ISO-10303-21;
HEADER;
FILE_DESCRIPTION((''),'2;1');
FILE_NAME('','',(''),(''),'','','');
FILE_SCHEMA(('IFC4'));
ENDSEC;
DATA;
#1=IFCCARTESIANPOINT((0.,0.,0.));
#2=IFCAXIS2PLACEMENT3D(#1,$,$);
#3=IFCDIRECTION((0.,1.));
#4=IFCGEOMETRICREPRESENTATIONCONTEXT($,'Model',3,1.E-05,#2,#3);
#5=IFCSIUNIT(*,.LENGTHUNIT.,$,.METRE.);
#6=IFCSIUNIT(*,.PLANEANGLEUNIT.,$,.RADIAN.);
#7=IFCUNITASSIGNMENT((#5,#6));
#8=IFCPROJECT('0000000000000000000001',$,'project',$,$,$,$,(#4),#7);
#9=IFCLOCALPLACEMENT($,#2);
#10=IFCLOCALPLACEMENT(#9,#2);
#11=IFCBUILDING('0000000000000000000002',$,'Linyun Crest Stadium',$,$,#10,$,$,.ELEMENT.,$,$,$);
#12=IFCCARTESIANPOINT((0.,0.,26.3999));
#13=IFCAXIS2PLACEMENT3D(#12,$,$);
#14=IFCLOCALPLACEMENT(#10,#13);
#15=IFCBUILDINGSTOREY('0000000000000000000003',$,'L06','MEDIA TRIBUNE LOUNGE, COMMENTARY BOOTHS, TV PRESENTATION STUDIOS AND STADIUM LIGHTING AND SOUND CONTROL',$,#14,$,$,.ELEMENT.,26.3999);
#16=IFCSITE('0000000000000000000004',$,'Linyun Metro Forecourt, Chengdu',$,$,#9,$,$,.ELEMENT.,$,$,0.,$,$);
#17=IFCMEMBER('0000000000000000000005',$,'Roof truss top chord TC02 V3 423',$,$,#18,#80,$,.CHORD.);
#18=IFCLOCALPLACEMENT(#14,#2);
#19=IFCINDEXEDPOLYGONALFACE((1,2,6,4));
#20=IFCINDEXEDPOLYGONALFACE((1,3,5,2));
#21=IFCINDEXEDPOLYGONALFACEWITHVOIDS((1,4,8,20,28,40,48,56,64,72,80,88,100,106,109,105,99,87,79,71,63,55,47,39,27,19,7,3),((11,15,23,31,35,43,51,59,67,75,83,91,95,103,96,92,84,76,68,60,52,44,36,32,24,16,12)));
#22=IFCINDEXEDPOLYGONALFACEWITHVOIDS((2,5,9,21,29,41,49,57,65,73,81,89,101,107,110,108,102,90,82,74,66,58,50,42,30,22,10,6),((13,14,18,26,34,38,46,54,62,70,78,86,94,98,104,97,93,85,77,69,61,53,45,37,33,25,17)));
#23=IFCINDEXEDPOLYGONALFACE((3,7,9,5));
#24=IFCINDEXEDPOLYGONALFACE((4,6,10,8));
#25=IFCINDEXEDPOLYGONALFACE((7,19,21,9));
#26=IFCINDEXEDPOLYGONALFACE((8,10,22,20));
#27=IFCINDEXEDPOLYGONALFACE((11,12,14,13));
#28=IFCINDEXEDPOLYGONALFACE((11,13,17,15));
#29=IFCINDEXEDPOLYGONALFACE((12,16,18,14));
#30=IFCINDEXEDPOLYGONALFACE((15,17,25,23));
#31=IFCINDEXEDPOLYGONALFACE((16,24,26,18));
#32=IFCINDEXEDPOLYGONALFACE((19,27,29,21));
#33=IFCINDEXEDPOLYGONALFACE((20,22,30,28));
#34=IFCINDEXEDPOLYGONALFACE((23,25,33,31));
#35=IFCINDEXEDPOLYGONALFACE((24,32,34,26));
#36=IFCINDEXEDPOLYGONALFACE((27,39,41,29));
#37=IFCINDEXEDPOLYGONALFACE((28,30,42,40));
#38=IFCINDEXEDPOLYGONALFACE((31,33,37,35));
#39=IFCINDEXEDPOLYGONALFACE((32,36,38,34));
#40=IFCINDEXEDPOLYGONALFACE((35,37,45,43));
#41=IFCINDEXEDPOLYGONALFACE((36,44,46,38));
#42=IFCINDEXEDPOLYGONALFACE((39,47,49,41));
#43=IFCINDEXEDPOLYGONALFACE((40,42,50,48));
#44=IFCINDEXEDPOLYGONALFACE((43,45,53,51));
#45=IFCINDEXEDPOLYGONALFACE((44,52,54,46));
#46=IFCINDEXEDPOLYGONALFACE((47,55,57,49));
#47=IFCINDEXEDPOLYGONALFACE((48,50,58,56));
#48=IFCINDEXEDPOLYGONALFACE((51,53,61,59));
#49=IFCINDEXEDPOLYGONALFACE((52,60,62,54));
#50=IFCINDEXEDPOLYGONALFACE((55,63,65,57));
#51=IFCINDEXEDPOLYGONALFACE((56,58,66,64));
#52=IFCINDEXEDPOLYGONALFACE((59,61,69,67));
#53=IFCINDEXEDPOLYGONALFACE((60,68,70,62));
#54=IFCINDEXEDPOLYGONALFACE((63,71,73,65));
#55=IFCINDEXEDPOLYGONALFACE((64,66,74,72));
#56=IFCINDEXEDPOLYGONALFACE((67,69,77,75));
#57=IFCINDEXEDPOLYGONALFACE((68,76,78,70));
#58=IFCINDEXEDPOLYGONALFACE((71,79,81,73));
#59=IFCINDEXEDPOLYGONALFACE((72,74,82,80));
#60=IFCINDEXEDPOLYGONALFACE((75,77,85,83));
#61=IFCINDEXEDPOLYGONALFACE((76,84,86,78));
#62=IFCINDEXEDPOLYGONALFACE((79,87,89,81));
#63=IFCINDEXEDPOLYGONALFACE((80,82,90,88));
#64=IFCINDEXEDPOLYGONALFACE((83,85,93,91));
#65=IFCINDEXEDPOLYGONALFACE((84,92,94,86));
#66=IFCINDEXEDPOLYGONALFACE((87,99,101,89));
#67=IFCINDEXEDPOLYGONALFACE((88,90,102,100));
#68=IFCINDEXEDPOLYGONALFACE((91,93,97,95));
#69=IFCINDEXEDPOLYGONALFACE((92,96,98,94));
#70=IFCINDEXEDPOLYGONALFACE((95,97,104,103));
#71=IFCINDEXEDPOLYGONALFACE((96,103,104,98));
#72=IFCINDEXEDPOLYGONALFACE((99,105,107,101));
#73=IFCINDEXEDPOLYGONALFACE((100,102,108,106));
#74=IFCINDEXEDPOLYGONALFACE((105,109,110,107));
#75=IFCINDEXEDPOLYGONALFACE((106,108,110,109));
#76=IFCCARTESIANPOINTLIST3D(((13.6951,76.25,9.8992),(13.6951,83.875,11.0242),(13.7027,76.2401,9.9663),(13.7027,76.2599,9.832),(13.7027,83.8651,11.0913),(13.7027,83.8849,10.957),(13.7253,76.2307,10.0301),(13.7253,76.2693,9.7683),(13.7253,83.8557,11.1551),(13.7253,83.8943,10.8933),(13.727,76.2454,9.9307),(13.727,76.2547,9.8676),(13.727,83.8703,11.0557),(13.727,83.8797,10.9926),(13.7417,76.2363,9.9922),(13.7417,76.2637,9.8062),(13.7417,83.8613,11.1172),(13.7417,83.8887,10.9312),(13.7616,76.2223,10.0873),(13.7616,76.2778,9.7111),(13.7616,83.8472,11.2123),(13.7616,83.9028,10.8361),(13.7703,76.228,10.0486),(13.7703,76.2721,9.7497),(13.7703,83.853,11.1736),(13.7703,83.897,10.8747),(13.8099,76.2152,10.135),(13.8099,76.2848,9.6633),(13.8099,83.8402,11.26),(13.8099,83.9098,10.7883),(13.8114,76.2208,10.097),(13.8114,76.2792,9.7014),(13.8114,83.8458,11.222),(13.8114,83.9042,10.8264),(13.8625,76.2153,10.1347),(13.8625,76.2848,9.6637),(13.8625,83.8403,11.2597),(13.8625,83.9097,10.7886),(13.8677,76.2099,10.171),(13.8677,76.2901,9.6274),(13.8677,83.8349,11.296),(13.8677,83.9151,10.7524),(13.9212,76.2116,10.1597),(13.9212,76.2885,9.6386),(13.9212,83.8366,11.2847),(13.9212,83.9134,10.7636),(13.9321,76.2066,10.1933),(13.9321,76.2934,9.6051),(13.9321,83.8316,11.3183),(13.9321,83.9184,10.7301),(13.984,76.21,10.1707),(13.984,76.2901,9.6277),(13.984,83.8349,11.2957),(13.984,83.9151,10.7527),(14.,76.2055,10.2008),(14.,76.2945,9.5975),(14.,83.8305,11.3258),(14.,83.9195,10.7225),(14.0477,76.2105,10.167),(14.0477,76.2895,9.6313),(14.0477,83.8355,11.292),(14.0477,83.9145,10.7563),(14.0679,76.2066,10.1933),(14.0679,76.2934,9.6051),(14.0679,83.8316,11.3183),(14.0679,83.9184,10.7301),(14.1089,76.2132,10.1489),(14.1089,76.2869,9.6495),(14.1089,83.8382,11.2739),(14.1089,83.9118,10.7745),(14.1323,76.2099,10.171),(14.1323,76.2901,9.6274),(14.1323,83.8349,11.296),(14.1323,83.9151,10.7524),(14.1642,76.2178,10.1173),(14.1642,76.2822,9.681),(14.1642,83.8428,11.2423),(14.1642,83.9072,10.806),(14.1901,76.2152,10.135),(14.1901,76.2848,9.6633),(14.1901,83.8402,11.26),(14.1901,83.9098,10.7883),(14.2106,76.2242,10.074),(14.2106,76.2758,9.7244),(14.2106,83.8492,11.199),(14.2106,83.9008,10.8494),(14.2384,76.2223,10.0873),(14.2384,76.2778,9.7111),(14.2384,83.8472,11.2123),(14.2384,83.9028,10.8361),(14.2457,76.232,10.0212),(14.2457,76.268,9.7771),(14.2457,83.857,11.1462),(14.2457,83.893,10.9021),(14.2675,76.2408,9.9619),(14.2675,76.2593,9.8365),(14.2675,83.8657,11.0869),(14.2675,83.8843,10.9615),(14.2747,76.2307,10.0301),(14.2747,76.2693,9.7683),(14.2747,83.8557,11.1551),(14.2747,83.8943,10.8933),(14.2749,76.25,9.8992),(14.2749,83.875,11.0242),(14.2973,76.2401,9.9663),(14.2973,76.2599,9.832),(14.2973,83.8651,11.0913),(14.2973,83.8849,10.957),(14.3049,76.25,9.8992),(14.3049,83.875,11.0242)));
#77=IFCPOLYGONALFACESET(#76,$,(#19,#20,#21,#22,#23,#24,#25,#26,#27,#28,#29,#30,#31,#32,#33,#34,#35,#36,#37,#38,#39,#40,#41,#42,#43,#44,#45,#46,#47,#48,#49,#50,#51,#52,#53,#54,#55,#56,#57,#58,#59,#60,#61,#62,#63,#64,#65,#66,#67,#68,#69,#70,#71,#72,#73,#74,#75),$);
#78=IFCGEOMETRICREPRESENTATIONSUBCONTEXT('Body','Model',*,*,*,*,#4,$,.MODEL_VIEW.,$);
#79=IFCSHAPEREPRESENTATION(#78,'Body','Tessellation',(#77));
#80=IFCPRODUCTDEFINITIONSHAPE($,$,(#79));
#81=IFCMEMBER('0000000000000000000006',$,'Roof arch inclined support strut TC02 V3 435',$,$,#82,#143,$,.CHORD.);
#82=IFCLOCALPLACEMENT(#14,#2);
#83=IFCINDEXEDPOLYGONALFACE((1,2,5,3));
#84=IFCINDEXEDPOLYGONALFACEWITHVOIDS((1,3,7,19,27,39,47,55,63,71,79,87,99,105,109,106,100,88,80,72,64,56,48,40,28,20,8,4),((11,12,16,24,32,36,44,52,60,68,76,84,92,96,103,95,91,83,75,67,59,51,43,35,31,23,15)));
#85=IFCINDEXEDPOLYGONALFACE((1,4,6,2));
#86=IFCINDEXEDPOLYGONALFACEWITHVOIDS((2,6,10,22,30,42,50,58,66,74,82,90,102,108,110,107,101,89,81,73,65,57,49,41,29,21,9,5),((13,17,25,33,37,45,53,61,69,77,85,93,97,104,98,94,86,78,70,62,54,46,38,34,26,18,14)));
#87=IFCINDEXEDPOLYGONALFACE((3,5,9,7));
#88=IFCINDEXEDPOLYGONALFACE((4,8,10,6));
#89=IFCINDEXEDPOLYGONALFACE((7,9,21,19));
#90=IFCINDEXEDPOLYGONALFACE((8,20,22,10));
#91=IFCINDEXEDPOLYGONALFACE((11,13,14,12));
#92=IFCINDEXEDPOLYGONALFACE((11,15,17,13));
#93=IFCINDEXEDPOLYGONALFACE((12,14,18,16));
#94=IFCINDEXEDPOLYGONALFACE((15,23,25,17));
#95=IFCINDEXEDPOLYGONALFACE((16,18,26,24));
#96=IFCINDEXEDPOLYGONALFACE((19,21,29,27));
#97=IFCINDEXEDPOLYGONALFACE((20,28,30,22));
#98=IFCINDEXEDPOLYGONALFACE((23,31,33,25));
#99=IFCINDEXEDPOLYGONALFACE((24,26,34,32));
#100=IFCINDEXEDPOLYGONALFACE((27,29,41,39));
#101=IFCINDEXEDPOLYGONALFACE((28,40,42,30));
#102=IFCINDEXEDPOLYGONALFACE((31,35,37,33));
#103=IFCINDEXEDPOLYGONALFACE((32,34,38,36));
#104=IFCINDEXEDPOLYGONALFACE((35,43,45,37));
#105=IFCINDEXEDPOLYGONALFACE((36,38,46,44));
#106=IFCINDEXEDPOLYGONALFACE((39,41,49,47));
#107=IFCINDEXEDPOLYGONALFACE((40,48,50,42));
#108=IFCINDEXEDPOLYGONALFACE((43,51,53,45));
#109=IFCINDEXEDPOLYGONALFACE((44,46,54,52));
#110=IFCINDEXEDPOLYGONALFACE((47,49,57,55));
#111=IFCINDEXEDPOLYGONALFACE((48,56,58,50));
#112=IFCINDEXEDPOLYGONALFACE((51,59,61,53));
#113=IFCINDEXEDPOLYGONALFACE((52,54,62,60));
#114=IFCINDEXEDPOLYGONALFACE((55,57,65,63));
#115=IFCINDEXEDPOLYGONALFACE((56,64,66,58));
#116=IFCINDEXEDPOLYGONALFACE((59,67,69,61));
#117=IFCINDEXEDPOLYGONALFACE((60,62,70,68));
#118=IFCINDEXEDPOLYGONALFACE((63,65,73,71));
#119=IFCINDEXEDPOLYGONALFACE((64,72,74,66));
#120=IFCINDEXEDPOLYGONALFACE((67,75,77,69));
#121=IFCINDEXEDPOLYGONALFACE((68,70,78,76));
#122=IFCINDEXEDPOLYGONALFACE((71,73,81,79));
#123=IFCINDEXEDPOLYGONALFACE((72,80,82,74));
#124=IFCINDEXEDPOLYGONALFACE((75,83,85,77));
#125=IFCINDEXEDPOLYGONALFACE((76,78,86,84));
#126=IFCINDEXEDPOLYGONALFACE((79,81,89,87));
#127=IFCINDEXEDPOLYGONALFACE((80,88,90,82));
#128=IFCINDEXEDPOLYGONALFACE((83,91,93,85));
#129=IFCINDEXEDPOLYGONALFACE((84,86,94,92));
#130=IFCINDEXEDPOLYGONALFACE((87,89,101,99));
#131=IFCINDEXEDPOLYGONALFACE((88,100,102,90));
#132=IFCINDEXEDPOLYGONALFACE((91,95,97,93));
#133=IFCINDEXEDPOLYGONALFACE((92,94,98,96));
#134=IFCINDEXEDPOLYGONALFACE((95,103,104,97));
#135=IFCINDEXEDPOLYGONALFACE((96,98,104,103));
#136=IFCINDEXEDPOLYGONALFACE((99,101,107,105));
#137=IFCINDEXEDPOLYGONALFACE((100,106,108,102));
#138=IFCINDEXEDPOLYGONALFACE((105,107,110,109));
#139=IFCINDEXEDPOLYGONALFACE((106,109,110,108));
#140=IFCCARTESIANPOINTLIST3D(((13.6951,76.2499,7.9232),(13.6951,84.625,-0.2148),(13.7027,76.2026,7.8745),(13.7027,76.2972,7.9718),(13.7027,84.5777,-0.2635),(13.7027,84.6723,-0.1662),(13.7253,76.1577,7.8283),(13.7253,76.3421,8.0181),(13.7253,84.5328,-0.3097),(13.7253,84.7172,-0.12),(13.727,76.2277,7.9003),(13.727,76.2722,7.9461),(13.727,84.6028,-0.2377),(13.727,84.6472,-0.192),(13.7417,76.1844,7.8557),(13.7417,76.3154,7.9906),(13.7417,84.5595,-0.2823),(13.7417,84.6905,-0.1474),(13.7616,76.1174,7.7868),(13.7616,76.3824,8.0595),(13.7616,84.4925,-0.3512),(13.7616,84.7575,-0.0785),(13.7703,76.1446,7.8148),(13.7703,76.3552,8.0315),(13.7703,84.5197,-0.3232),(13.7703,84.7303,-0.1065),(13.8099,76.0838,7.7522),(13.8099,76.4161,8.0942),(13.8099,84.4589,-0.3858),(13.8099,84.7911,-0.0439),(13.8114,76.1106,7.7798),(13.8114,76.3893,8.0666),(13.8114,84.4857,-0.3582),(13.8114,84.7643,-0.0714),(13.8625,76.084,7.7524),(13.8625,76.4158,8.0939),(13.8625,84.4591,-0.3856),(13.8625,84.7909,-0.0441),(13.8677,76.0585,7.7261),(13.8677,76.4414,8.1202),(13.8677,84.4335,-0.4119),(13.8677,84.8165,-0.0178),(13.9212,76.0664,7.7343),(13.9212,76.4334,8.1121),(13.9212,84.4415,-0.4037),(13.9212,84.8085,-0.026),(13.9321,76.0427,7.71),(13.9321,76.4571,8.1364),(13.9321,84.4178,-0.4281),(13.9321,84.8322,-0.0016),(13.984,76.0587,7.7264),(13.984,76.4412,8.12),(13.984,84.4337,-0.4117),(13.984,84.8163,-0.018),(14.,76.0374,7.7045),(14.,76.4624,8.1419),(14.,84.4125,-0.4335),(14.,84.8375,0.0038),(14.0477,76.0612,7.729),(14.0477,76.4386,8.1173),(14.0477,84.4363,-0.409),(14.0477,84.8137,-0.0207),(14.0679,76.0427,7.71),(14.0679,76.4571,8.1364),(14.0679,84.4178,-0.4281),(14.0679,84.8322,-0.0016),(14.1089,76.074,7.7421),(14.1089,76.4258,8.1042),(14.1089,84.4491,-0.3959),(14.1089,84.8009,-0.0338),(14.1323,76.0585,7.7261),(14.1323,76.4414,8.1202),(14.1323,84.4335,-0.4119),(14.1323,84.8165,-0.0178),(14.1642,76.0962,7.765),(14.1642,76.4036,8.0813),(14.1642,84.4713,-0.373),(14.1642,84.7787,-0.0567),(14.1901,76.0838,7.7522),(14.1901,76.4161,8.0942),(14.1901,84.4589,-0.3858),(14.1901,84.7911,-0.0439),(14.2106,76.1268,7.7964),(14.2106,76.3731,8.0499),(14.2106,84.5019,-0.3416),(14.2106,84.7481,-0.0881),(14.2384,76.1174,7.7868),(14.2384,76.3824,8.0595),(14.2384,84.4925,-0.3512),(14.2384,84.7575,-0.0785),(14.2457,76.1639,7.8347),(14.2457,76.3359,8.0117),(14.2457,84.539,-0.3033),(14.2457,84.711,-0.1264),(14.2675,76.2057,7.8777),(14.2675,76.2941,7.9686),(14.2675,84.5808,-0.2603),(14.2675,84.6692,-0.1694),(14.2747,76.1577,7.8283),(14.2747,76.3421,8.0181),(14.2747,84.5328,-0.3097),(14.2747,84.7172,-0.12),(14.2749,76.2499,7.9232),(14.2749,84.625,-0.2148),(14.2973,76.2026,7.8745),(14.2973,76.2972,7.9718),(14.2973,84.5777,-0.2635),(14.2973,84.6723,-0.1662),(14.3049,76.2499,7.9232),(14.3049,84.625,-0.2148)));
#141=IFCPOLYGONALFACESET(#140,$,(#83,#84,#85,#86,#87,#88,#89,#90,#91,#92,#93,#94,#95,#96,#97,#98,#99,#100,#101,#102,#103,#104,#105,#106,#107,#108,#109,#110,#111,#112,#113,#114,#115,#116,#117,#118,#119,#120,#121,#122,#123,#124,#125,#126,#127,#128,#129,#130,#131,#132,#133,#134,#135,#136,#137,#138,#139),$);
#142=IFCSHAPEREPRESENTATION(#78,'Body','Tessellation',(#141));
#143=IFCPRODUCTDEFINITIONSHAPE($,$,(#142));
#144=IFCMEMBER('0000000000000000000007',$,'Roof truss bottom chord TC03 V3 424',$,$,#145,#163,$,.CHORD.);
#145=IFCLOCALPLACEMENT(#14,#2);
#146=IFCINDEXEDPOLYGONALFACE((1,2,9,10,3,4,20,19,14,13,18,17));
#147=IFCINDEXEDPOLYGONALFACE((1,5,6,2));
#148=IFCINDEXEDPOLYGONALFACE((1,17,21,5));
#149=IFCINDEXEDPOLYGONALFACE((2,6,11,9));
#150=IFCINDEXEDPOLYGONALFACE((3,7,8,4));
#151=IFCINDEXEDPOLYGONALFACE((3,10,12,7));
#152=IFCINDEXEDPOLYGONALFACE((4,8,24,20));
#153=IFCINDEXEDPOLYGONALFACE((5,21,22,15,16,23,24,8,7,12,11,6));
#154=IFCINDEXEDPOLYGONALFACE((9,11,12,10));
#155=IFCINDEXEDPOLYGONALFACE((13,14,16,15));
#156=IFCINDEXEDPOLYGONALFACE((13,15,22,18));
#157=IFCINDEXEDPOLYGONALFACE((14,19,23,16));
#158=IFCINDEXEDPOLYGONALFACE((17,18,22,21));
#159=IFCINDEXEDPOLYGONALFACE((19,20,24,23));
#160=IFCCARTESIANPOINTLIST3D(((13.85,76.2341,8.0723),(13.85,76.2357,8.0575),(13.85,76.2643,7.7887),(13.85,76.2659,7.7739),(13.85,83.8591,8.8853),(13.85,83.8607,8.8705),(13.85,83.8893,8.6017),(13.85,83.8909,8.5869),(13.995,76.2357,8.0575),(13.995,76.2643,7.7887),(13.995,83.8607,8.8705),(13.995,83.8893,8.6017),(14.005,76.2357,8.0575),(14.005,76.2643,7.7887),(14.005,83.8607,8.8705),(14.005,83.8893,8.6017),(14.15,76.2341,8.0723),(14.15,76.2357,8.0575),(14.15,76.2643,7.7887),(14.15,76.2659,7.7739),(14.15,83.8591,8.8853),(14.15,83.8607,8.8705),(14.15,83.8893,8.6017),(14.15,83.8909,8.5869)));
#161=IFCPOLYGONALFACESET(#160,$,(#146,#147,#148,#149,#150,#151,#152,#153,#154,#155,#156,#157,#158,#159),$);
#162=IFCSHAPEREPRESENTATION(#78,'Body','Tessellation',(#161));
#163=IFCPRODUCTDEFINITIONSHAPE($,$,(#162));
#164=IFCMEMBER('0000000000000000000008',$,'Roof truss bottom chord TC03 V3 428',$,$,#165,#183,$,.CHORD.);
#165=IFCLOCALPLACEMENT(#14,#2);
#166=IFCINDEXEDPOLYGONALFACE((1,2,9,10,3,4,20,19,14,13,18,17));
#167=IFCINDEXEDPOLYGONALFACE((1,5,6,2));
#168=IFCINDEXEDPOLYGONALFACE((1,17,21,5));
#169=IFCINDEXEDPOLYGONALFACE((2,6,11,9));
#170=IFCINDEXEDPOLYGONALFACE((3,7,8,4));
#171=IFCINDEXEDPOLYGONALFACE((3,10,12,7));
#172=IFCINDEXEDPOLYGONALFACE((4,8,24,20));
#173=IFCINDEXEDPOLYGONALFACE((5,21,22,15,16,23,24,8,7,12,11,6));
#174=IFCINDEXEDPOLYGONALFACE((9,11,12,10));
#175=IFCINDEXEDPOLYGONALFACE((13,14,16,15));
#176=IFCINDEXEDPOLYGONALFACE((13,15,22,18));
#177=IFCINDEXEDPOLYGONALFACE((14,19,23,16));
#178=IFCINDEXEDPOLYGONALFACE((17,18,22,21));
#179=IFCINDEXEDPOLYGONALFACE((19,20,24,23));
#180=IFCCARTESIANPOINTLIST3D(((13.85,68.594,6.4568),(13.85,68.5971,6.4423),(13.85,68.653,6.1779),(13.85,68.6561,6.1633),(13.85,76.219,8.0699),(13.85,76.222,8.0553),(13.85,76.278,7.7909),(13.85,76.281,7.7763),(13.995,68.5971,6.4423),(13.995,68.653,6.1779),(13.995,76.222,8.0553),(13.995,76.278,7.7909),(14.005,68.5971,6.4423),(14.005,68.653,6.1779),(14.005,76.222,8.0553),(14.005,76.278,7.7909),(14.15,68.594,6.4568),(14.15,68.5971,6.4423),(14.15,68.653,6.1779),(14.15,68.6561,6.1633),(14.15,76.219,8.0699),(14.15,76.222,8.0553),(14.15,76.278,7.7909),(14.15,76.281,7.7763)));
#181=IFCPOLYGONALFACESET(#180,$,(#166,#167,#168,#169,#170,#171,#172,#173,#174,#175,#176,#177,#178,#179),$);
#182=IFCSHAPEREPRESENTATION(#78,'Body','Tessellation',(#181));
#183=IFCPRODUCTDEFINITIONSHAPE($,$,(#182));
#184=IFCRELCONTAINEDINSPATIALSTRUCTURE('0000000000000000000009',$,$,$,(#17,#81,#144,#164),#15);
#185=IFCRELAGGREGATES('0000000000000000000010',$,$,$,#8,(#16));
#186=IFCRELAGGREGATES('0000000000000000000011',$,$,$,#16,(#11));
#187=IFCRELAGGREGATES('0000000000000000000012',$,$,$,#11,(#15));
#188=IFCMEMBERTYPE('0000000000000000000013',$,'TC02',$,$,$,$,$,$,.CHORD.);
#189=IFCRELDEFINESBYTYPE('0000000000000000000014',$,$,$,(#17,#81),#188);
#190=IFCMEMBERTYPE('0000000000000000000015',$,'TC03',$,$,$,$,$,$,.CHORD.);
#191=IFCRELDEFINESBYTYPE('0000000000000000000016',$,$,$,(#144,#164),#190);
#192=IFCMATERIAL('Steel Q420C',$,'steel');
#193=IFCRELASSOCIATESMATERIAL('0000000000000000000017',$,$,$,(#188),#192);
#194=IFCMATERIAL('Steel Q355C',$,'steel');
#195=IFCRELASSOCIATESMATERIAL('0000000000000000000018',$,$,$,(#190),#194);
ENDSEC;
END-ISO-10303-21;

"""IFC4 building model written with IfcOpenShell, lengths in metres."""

from ifc_helpers import new_model, si_unit, direction, frame, origin, origin_2d, place, context, subcontext, project, spatial, hollow_circle, i_section, extrude, material, material_profile, profile_set, type_object, element, save


model = new_model("IFC4")

# Units and contexts
model_context = context("Model", 3, precision=1e-05, world=origin(), true_north=direction((0.0, 1.0)))
body_context = subcontext(model_context, "Body", "Model", "MODEL_VIEW")
ifc_project = project(units=[si_unit("LENGTHUNIT", "METRE"), si_unit("PLANEANGLEUNIT", "RADIAN")], contexts=[model_context])

# Site, building, storey
site_placement = place(None, origin())
site = spatial("IfcSite", under=ifc_project, at=site_placement, Name="Linyun Metro Forecourt, Chengdu", CompositionType="ELEMENT", RefElevation=0.0)
building_placement = place(site_placement, origin())
building = spatial("IfcBuilding", under=site, at=building_placement, Name="Linyun Crest Stadium", CompositionType="ELEMENT")
storey_placement = place(building_placement, frame((0.0, 0.0, 26.3999)))
storey = spatial("IfcBuildingStorey", under=building, at=storey_placement, Name="L06", Description="MEDIA TRIBUNE LOUNGE, COMMENTARY BOOTHS, TV PRESENTATION STUDIOS AND STADIUM LIGHTING AND SOUND CONTROL", CompositionType="ELEMENT", Elevation=26.3999)

# Members
ifc_material_1 = material(Name="Steel Q420C", Category="steel")
ifc_material_profile_1 = material_profile(ifc_material_1, hollow_circle(Radius=0.3049, WallThickness=0.03, at=origin_2d()), Name="CHS 610x30")
ifc_profile_set_1 = profile_set([ifc_material_profile_1], Name="Steel Q420C")
member_type_1 = type_object("IfcMemberType", Name="TC02", PredefinedType="CHORD", material=ifc_profile_set_1)
member_1_placement = place(storey_placement, frame((14.0, 83.875, 11.0242), z_axis=(0.0, -0.98929, -0.145961), x_axis=(1.0, 0.0, 0.0)))
element("IfcMember", 1, at=member_1_placement, inside=storey, type_object=member_type_1, Name="Roof truss top chord TC02 V3 423", PredefinedType="CHORD", context=body_context, shape_type="SweptSolid", body=[
    extrude(hollow_circle(Radius=0.3049, WallThickness=0.03, at=origin_2d()), origin(), (0.0, 0.0, 1.0), 7.7075),
])
member_2_placement = place(storey_placement, frame((14.0, 84.625, -0.2148), z_axis=(0.0, -0.717184, 0.696884), x_axis=(1.0, 0.0, 0.0)))
element("IfcMember", 2, at=member_2_placement, inside=storey, type_object=member_type_1, Name="Roof arch inclined support strut TC02 V3 435", PredefinedType="CHORD", context=body_context, shape_type="SweptSolid", body=[
    extrude(hollow_circle(Radius=0.3049, WallThickness=0.03, at=origin_2d()), origin(), (0.0, 0.0, 1.0), 11.6777),
])
ifc_material_2 = material(Name="Steel Q355C", Category="steel")
ifc_material_profile_2 = material_profile(ifc_material_2, i_section(OverallWidth=0.3, OverallDepth=0.3, WebThickness=0.01, FlangeThickness=0.0149, at=origin_2d()), Name="HW 300x300")
ifc_profile_set_2 = profile_set([ifc_material_profile_2], Name="Steel Q355C")
member_type_2 = type_object("IfcMemberType", Name="TC03", PredefinedType="CHORD", material=ifc_profile_set_2)
member_3_placement = place(storey_placement, frame((14.0, 83.875, 8.7361), z_axis=(0.0, -0.994364, -0.10602), x_axis=(1.0, 0.0, 0.0)))
element("IfcMember", 3, at=member_3_placement, inside=storey, type_object=member_type_2, Name="Roof truss bottom chord TC03 V3 424", PredefinedType="CHORD", context=body_context, shape_type="SweptSolid", body=[
    extrude(i_section(OverallWidth=0.3, OverallDepth=0.3, WebThickness=0.01, FlangeThickness=0.0149, at=origin_2d()), origin(), (0.0, 0.0, 1.0), 7.6682),
])
member_4_placement = place(storey_placement, frame((14.0, 76.25, 7.9231), z_axis=(0.0, -0.978348, -0.206966), x_axis=(1.0, 0.0, 0.0)))
element("IfcMember", 4, at=member_4_placement, inside=storey, type_object=member_type_2, Name="Roof truss bottom chord TC03 V3 428", PredefinedType="CHORD", context=body_context, shape_type="SweptSolid", body=[
    extrude(i_section(OverallWidth=0.3, OverallDepth=0.3, WebThickness=0.01, FlangeThickness=0.0149, at=origin_2d()), origin(), (0.0, 0.0, 1.0), 7.7937),
])

save(model, "model.ifc")
